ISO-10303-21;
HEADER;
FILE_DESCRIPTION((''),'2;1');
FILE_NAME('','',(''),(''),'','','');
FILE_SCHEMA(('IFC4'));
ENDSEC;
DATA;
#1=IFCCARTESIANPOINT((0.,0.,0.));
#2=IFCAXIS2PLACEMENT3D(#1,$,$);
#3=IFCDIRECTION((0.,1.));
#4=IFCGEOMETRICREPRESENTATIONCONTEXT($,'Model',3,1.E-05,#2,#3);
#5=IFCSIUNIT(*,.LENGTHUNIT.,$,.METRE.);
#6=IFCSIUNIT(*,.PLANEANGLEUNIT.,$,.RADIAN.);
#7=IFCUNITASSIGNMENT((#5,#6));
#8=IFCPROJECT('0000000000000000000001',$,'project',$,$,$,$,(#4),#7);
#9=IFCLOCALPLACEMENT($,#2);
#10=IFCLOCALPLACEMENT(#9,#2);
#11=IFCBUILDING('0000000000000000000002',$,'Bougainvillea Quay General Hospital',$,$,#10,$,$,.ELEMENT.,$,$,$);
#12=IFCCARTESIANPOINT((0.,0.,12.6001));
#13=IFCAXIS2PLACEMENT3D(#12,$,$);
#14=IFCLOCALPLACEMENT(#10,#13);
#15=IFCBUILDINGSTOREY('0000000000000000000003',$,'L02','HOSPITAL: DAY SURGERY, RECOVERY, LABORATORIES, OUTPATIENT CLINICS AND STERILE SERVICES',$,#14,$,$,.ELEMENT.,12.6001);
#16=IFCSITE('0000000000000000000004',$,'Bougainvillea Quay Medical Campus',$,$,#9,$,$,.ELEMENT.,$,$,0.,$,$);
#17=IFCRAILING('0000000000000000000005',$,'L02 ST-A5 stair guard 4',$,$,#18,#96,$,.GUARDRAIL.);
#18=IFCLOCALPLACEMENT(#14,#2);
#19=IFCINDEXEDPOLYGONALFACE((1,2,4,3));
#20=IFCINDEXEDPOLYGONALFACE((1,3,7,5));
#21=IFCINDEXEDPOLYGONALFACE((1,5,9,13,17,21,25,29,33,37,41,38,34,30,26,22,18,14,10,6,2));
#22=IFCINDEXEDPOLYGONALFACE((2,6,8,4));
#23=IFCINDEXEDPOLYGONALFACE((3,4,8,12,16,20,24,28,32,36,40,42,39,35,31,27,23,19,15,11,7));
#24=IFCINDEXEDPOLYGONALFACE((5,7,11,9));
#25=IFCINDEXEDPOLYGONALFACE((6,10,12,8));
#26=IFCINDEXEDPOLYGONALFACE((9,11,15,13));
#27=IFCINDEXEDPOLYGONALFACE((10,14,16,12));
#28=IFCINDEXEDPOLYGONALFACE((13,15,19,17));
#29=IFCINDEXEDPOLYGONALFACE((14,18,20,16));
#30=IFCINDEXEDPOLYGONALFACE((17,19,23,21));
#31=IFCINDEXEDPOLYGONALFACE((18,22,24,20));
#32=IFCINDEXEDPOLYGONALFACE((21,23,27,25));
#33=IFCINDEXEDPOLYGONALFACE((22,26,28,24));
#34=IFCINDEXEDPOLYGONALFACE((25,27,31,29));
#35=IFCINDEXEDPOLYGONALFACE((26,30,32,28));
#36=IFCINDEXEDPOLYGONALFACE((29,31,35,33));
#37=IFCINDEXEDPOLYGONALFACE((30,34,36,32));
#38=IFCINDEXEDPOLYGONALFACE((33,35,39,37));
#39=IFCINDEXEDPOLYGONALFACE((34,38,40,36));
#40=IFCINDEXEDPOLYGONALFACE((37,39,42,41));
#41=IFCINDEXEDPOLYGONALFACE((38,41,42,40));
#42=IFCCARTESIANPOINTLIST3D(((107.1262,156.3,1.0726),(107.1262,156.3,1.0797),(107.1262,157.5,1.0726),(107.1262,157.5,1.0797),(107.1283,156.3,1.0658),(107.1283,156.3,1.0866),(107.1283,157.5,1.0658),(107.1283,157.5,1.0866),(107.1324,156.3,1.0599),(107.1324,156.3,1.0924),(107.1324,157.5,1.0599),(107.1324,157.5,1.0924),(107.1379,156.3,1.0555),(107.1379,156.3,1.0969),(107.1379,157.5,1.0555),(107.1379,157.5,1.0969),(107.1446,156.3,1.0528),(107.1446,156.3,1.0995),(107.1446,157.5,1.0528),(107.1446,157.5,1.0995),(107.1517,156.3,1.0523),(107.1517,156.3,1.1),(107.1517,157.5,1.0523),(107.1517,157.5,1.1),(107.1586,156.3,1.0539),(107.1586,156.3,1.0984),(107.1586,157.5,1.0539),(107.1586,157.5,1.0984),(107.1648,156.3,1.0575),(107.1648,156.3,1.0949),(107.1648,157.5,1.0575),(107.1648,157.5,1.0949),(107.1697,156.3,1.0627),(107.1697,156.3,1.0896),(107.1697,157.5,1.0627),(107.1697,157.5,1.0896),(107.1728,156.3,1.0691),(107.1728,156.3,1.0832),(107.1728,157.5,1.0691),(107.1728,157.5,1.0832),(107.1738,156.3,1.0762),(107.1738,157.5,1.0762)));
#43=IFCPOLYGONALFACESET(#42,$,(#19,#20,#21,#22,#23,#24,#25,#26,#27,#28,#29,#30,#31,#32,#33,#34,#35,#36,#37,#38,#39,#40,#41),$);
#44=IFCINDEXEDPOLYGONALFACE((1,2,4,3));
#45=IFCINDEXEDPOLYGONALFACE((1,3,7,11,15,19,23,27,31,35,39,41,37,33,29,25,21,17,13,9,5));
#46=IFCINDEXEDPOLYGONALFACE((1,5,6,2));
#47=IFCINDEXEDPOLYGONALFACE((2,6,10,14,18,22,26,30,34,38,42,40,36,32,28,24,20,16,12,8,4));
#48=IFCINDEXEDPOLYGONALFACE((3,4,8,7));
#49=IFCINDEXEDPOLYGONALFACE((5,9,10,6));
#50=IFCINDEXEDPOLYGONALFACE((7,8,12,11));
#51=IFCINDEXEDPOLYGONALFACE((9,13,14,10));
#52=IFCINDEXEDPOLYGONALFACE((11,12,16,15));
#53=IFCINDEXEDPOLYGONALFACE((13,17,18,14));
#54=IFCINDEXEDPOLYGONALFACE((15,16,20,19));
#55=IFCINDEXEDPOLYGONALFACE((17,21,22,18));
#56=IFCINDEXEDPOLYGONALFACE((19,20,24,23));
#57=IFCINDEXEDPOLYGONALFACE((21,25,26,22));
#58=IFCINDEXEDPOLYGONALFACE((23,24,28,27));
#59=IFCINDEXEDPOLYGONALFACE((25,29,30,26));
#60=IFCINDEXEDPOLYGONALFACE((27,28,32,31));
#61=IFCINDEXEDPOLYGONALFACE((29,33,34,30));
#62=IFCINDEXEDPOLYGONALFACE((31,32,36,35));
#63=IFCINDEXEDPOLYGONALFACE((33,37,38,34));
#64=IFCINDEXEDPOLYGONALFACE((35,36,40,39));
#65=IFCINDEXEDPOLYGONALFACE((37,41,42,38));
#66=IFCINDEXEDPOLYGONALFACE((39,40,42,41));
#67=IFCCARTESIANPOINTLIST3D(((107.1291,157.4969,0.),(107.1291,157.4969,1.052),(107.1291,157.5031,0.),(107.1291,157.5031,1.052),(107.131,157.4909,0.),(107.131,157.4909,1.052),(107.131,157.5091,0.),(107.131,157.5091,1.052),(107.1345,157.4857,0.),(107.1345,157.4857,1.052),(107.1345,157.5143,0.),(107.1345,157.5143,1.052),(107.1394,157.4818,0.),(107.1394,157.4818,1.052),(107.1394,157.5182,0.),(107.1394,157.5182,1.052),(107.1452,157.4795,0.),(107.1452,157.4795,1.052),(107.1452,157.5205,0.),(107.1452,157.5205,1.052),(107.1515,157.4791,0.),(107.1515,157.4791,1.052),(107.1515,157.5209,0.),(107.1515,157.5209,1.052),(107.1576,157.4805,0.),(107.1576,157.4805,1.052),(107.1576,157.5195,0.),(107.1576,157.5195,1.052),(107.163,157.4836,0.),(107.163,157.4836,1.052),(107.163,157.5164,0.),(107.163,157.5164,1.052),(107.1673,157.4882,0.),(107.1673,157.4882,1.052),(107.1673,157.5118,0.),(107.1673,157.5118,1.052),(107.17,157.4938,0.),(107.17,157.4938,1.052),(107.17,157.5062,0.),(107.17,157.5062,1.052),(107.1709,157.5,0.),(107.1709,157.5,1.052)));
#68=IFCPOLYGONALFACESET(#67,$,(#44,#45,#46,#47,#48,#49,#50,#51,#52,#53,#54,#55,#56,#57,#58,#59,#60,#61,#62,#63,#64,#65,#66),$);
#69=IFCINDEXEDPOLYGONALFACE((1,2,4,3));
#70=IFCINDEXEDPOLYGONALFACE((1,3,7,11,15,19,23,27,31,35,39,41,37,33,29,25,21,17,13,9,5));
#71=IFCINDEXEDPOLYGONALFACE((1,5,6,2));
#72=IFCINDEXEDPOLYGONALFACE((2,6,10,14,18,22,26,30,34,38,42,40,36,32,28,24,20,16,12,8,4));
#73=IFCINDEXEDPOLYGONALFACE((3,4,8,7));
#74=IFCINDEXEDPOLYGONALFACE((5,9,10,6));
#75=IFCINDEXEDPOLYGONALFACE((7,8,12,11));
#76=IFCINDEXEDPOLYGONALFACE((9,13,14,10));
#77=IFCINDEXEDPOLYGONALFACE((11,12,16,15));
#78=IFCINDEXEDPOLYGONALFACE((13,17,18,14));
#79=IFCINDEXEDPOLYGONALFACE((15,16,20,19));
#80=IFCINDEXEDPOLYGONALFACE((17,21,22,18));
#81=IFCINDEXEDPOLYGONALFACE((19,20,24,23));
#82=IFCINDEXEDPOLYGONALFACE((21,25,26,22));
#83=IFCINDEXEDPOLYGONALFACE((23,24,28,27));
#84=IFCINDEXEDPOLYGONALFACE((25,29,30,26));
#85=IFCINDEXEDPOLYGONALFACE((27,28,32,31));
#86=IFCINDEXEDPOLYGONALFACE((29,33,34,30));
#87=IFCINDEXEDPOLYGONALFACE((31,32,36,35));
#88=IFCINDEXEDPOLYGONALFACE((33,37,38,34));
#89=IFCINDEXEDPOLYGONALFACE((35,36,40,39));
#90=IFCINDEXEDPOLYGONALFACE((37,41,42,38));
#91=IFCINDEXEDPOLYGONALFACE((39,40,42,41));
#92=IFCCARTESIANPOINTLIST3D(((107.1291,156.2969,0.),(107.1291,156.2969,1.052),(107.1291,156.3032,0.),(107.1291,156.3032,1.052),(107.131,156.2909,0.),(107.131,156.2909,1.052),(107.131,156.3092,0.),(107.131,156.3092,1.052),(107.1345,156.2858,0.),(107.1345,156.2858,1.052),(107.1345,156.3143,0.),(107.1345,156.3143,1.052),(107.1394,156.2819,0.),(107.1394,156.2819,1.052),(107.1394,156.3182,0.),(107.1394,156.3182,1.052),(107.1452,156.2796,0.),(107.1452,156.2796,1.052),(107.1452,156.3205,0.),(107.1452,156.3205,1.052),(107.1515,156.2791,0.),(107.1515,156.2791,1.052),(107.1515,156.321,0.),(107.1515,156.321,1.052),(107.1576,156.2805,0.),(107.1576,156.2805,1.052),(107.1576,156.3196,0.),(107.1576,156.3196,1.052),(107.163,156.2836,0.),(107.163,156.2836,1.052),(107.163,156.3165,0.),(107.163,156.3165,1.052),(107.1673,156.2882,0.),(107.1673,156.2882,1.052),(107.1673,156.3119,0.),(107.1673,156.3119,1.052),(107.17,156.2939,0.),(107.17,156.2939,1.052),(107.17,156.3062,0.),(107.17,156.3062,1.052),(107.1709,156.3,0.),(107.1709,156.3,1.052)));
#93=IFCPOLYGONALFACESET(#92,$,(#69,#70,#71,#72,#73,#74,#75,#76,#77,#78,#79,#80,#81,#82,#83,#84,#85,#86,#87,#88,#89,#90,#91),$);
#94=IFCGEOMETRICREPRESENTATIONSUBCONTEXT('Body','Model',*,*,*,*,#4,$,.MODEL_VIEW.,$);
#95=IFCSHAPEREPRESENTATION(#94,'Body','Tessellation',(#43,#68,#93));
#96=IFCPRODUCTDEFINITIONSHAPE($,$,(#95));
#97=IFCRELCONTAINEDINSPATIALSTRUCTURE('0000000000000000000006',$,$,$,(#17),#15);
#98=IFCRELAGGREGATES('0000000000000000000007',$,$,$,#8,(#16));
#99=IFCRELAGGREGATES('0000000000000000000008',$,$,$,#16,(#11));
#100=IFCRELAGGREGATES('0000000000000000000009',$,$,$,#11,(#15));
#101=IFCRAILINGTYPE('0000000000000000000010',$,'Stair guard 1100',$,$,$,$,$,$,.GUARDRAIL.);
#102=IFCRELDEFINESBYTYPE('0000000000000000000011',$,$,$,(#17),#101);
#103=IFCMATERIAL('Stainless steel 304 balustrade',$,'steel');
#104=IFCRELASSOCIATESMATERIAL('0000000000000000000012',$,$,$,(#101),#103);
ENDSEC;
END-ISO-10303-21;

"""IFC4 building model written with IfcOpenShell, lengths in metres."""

from ifc_helpers import new_model, si_unit, direction, frame, origin, origin_2d, place, context, subcontext, project, spatial, circle, extrude, material, type_object, element, save


model = new_model("IFC4")

# Units and contexts
model_context = context("Model", 3, precision=1e-05, world=origin(), true_north=direction((0.0, 1.0)))
body_context = subcontext(model_context, "Body", "Model", "MODEL_VIEW")
ifc_project = project(units=[si_unit("LENGTHUNIT", "METRE"), si_unit("PLANEANGLEUNIT", "RADIAN")], contexts=[model_context])

# Site, building, storey
site_placement = place(None, origin())
site = spatial("IfcSite", under=ifc_project, at=site_placement, Name="Bougainvillea Quay Medical Campus", CompositionType="ELEMENT", RefElevation=0.0)
building_placement = place(site_placement, origin())
building = spatial("IfcBuilding", under=site, at=building_placement, Name="Bougainvillea Quay General Hospital", CompositionType="ELEMENT")
storey_placement = place(building_placement, frame((0.0, 0.0, 12.6001)))
storey = spatial("IfcBuildingStorey", under=building, at=storey_placement, Name="L02", Description="HOSPITAL: DAY SURGERY, RECOVERY, LABORATORIES, OUTPATIENT CLINICS AND STERILE SERVICES", CompositionType="ELEMENT", Elevation=12.6001)

# Railing
ifc_material_1 = material(Name="Stainless steel 304 balustrade", Category="steel")
railing_type_1 = type_object("IfcRailingType", Name="Stair guard 1100", PredefinedType="GUARDRAIL", material=ifc_material_1)
railing_1_placement = place(storey_placement, frame((107.1499, 157.5, 0.0)))
element("IfcRailing", 1, at=railing_1_placement, inside=storey, type_object=railing_type_1, Name="L02 ST-A5 stair guard 4", PredefinedType="GUARDRAIL", context=body_context, shape_type="SweptSolid", body=[
    extrude(circle(Radius=0.0239, at=origin_2d()), frame((0.0, 0.0, 1.0762), z_axis=(0.0, -1.0, 0.0), x_axis=(1.0, 0.0, 0.0)), (0.0, 0.0, 1.0), 1.2),
    extrude(circle(Radius=0.021, at=origin_2d()), origin(), (0.0, 0.0, 1.0), 1.052),
    extrude(circle(Radius=0.021, at=origin_2d()), frame((0.0, -1.2, 0.0)), (0.0, 0.0, 1.0), 1.052),
])

save(model, "model.ifc")
